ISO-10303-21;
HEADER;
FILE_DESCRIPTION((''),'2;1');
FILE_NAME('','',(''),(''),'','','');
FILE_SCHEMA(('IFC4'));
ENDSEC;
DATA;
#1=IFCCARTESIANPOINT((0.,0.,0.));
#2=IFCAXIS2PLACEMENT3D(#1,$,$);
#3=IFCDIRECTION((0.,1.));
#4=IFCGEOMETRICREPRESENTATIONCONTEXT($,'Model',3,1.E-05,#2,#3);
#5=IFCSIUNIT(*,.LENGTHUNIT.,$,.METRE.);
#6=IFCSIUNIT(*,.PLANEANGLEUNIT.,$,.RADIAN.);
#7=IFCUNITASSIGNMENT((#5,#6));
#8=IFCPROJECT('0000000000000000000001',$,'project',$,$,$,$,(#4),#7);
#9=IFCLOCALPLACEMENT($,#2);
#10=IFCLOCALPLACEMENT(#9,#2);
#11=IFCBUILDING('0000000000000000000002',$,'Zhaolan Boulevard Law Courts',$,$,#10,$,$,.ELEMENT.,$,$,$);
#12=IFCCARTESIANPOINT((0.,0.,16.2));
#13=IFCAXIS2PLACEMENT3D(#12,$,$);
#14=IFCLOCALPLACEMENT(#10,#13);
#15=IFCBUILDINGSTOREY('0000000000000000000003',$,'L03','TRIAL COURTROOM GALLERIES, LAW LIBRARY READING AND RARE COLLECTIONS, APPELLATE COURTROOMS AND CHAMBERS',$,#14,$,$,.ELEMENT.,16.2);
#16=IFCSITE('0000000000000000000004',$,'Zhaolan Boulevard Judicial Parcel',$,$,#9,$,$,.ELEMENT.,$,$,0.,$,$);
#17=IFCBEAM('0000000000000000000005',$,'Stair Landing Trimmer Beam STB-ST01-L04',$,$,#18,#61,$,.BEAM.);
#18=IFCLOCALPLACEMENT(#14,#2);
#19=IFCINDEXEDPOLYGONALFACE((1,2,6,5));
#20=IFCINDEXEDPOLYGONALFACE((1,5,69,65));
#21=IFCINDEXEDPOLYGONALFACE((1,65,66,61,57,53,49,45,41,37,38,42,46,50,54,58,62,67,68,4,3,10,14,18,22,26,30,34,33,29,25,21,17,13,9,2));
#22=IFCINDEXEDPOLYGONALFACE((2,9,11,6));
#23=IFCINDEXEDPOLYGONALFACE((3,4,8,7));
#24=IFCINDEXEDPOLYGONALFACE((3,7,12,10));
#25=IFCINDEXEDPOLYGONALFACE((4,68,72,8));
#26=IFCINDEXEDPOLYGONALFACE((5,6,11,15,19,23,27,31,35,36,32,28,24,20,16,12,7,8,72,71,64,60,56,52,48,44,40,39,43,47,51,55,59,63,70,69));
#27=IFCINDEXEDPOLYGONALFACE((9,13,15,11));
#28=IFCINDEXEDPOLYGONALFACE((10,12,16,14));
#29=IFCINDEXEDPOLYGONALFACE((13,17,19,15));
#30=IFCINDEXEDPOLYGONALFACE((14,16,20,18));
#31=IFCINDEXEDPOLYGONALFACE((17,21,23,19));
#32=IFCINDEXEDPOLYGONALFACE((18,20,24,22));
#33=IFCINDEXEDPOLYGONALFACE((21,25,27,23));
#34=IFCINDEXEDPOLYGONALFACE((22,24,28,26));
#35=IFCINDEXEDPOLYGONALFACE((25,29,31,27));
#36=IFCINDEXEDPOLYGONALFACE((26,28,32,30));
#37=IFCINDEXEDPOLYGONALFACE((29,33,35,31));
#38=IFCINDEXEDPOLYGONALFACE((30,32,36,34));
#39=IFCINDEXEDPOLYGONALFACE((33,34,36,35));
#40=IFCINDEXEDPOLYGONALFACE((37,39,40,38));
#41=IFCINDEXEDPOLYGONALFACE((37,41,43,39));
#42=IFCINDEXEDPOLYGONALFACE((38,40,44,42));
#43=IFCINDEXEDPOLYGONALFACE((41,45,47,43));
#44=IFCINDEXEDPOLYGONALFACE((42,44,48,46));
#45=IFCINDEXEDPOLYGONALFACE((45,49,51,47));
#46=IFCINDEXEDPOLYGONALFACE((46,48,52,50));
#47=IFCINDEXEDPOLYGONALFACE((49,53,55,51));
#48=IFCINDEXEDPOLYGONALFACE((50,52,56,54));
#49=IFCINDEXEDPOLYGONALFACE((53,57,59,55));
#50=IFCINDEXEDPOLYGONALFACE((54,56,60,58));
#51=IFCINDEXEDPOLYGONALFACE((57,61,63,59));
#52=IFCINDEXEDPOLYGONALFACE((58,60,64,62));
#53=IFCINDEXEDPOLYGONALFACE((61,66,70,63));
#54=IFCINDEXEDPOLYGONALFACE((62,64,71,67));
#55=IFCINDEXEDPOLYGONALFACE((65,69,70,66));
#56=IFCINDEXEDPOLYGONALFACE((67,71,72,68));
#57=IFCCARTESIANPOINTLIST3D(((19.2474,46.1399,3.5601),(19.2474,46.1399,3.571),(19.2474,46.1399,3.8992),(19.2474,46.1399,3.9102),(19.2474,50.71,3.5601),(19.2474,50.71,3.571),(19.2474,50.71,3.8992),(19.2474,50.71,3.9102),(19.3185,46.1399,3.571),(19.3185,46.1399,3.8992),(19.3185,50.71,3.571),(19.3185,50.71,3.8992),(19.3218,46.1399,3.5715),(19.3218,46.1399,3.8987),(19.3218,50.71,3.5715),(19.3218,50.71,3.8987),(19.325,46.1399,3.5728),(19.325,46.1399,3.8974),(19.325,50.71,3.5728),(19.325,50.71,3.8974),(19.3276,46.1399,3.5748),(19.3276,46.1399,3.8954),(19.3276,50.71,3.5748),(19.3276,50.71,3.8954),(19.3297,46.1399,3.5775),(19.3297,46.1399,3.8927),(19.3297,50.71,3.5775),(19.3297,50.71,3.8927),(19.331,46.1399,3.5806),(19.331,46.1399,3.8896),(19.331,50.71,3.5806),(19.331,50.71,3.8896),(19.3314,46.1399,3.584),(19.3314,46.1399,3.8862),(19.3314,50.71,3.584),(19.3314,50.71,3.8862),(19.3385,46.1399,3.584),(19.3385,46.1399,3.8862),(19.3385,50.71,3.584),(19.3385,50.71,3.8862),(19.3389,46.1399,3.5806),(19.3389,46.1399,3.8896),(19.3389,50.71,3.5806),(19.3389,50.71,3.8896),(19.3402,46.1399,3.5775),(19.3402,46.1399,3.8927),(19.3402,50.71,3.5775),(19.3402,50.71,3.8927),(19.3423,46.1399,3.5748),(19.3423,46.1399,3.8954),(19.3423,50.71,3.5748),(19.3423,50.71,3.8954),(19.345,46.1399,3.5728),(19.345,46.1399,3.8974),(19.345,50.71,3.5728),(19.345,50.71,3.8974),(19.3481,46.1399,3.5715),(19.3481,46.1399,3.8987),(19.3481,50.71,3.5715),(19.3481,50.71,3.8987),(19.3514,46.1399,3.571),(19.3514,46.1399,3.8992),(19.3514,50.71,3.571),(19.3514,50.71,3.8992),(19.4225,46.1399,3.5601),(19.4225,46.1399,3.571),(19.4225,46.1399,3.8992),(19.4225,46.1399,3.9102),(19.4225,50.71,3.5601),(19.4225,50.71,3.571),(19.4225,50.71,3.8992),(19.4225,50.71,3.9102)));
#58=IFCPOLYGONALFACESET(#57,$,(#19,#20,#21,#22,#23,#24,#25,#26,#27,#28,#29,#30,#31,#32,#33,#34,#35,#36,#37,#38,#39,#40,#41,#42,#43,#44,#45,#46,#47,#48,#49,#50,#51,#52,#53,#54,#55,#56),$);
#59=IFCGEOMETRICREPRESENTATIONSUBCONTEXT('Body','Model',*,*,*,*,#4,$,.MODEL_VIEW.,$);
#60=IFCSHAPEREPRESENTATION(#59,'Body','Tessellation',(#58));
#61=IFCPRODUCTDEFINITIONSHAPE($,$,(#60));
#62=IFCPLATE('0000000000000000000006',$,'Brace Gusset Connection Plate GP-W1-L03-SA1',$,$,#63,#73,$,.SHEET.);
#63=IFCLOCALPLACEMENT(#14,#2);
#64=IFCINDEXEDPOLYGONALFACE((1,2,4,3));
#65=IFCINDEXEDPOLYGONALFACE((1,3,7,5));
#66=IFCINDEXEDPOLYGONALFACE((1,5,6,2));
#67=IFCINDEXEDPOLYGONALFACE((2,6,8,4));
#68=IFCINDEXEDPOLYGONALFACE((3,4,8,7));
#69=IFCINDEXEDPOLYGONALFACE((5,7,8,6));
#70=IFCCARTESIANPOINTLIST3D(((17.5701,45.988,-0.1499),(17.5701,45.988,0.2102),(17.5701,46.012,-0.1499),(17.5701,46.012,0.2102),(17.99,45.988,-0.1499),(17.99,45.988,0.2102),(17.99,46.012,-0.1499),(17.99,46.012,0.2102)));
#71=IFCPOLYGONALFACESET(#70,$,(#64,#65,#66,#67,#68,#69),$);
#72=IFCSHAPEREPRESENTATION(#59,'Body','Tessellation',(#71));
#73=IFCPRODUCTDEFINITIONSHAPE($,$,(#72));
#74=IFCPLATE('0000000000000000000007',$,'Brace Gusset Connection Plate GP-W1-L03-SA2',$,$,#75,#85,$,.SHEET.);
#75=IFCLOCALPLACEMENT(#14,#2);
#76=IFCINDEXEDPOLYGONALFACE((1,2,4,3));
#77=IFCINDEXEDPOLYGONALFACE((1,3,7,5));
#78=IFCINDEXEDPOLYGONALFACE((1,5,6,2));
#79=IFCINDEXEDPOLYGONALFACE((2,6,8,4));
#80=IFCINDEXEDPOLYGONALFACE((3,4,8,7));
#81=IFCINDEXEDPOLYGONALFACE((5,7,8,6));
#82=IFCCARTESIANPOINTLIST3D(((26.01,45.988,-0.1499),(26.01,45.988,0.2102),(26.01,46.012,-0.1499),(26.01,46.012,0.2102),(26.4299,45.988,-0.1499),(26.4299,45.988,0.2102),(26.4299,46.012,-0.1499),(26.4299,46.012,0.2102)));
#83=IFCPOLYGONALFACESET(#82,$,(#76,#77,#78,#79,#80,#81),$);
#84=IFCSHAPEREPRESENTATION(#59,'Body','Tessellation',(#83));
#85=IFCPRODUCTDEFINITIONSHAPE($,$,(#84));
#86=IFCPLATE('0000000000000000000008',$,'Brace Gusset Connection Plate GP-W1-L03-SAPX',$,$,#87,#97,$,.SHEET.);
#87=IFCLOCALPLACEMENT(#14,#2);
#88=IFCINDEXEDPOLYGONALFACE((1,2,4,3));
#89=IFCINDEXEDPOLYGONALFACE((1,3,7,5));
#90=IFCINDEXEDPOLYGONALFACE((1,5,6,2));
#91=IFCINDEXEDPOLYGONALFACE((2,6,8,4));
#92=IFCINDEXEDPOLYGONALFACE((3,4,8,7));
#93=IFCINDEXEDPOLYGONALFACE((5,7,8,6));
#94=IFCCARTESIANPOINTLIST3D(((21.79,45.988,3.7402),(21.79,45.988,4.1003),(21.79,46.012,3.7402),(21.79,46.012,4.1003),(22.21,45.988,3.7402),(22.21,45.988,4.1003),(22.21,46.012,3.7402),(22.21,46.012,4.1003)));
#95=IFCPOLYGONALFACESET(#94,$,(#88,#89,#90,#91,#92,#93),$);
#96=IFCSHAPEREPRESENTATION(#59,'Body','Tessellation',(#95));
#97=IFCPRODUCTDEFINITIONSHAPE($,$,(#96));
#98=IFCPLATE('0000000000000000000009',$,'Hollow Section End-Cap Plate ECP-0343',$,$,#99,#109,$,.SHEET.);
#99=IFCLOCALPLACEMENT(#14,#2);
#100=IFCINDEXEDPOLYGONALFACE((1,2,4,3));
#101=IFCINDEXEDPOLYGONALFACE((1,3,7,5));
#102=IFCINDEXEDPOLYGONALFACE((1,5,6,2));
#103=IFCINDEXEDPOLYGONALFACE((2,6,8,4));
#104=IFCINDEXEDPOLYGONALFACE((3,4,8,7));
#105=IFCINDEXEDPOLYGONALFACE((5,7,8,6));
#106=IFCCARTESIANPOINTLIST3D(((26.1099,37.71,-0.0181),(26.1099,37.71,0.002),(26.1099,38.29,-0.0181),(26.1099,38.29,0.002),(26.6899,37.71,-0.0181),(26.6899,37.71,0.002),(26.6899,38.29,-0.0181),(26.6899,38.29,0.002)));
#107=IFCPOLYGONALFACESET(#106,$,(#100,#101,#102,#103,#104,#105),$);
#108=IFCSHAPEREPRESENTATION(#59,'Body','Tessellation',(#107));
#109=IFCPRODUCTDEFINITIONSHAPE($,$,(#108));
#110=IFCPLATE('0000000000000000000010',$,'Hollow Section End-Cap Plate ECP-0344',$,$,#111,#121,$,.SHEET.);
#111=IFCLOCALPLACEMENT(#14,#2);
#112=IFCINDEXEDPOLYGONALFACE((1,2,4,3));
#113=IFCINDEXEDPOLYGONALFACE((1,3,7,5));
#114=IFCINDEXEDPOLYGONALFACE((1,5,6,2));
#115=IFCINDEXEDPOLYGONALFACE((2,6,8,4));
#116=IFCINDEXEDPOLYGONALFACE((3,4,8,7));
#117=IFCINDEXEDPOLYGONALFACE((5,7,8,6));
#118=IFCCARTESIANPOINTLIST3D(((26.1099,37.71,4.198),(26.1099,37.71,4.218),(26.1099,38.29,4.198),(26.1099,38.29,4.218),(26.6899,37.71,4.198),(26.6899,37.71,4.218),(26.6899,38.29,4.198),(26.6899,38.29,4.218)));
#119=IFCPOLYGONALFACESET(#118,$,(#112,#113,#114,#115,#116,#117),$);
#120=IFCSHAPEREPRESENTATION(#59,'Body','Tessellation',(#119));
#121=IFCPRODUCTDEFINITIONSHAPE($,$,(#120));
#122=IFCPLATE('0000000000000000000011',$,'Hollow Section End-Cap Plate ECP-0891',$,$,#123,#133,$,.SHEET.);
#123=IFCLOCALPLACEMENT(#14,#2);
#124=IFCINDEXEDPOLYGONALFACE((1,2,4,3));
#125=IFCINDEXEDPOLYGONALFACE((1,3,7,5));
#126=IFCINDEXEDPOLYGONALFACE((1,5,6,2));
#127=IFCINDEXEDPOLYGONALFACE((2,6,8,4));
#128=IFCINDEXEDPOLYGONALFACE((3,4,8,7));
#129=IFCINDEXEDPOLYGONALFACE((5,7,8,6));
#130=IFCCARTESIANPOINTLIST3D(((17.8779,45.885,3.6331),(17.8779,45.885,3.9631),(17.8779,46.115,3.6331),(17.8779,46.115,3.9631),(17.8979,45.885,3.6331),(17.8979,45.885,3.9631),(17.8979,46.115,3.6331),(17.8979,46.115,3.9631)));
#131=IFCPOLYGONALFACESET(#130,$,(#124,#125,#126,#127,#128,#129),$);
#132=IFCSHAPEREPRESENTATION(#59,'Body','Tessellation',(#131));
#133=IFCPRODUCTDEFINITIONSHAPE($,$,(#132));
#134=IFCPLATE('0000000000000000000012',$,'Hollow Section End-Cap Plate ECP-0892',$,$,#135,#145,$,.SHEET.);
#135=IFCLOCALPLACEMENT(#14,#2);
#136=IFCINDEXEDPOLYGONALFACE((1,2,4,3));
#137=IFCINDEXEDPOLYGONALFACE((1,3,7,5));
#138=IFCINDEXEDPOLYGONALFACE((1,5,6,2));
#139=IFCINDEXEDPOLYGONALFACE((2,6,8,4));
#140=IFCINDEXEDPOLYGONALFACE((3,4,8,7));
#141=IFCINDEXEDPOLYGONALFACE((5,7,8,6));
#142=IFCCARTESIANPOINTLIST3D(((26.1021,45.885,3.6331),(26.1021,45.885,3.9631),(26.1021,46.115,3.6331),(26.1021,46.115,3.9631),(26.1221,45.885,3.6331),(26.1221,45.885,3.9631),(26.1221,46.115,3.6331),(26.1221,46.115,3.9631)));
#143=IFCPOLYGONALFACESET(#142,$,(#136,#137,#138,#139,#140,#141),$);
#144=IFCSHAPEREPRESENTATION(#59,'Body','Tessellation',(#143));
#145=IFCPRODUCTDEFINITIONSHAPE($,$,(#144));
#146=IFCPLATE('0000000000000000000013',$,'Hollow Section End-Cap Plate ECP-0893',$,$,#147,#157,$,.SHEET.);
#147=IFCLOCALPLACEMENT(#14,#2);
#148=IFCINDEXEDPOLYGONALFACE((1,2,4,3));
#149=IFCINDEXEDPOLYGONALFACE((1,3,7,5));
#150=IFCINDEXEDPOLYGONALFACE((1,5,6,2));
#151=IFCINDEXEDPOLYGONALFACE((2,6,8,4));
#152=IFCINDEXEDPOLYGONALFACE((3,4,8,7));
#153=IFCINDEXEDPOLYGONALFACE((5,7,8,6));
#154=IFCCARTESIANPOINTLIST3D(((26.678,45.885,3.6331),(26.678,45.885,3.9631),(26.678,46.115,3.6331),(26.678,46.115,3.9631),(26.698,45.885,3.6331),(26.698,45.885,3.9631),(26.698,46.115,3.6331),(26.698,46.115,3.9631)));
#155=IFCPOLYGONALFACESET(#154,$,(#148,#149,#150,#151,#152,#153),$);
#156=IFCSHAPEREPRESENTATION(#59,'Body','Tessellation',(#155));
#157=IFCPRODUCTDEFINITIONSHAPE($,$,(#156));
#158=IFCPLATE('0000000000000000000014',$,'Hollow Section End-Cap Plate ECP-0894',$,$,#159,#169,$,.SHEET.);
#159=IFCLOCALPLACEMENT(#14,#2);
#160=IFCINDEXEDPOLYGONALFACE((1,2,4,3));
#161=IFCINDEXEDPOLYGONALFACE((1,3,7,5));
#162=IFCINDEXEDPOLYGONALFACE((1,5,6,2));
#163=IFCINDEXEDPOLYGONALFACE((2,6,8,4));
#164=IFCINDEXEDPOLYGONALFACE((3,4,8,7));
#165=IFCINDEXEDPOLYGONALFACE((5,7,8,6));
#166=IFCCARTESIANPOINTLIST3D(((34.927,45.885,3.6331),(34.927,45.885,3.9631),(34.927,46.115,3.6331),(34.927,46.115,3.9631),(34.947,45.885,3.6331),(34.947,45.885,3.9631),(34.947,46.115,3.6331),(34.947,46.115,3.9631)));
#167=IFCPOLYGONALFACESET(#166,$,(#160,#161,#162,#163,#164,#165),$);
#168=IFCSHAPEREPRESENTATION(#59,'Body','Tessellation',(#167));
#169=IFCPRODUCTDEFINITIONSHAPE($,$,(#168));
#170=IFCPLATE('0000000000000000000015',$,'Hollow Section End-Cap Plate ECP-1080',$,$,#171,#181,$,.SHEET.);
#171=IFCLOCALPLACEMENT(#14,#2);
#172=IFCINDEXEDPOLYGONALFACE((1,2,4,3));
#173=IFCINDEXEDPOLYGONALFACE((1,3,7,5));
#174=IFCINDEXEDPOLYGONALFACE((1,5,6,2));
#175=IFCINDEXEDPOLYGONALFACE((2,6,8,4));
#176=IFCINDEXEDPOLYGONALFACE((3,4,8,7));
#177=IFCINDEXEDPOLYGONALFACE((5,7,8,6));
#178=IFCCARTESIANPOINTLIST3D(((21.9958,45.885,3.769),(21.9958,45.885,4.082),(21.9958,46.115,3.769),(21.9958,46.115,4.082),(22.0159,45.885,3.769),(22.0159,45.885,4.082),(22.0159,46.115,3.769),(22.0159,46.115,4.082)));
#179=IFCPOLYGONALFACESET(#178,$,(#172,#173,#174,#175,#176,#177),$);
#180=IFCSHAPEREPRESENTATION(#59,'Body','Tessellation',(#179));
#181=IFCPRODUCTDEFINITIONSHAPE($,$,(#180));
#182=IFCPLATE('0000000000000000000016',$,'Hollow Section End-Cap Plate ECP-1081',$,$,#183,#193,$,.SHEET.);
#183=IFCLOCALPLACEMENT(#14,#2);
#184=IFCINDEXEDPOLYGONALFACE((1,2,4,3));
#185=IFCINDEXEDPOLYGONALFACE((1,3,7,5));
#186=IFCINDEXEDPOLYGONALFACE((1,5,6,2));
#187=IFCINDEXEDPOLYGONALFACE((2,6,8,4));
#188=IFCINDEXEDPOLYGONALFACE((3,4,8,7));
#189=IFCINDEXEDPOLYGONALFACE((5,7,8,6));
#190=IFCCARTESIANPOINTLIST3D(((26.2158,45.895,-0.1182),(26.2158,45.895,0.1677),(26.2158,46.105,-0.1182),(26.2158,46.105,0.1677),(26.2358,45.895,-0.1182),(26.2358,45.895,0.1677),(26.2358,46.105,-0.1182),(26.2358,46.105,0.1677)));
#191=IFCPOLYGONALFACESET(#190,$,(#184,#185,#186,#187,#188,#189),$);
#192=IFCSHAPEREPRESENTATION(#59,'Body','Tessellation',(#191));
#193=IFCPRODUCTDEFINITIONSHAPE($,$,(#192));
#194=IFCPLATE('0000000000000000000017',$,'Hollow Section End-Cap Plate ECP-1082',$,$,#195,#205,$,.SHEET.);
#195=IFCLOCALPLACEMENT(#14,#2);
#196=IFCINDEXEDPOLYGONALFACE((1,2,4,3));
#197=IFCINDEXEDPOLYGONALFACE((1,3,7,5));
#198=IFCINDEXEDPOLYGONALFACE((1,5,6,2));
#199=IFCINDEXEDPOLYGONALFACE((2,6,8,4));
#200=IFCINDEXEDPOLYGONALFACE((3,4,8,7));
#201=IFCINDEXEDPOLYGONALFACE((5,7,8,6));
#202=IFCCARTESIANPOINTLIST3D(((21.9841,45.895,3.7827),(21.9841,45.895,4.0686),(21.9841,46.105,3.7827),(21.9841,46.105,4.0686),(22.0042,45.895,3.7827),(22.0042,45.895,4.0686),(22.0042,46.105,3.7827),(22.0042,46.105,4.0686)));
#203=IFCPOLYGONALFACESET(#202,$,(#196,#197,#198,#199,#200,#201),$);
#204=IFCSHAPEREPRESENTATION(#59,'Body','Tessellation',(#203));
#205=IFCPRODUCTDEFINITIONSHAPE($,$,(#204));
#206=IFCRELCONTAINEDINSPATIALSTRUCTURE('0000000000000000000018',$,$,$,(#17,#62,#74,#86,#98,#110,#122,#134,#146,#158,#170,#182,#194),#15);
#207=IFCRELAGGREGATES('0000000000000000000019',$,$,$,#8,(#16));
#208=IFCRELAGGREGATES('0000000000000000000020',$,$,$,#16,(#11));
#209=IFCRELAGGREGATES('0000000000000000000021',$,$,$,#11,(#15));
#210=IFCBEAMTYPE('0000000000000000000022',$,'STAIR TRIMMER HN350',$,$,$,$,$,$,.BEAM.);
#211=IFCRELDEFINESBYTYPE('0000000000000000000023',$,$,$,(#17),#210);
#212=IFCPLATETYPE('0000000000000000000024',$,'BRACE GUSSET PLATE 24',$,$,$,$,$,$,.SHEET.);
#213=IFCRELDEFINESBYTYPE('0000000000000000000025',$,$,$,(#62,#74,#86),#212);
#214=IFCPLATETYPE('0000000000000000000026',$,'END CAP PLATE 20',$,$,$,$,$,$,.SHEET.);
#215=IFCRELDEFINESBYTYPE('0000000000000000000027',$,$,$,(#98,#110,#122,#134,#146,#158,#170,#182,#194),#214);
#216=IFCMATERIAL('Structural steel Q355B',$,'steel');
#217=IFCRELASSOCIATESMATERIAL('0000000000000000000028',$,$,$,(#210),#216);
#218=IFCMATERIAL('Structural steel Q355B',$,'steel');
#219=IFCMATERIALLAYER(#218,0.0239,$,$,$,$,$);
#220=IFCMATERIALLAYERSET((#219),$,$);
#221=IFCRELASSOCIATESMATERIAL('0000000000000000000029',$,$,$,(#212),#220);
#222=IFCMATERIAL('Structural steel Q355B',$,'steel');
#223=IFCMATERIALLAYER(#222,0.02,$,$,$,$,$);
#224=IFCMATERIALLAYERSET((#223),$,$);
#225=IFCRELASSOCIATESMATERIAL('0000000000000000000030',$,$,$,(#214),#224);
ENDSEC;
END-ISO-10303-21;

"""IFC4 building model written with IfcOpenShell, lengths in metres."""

from ifc_helpers import new_model, si_unit, direction, frame, origin, origin_2d, place, context, subcontext, project, spatial, rectangle, i_section, extrude, material, layer, layer_set, material_profile, profile_set, type_object, element, save


model = new_model("IFC4")

# Units and contexts
model_context = context("Model", 3, precision=1e-05, world=origin(), true_north=direction((0.0, 1.0)))
body_context = subcontext(model_context, "Body", "Model", "MODEL_VIEW")
ifc_project = project(units=[si_unit("LENGTHUNIT", "METRE"), si_unit("PLANEANGLEUNIT", "RADIAN")], contexts=[model_context])

# Site, building, storey
site_placement = place(None, origin())
site = spatial("IfcSite", under=ifc_project, at=site_placement, Name="Zhaolan Boulevard Judicial Parcel", CompositionType="ELEMENT", RefElevation=0.0)
building_placement = place(site_placement, origin())
building = spatial("IfcBuilding", under=site, at=building_placement, Name="Zhaolan Boulevard Law Courts", CompositionType="ELEMENT")
storey_placement = place(building_placement, frame((0.0, 0.0, 16.2)))
storey = spatial("IfcBuildingStorey", under=building, at=storey_placement, Name="L03", Description="TRIAL COURTROOM GALLERIES, LAW LIBRARY READING AND RARE COLLECTIONS, APPELLATE COURTROOMS AND CHAMBERS", CompositionType="ELEMENT", Elevation=16.2)

# Beam
ifc_material_1 = material(Name="Structural steel Q355B", Category="steel")
ifc_material_profile_1 = material_profile(ifc_material_1, i_section(OverallWidth=0.175, OverallDepth=0.3501, WebThickness=0.0071, FlangeThickness=0.011, FilletRadius=0.0129, at=origin_2d()), Name="HN350x175")
ifc_profile_set_1 = profile_set([ifc_material_profile_1], Name="Structural steel Q355B")
beam_type_1 = type_object("IfcBeamType", Name="STAIR TRIMMER HN350", PredefinedType="BEAM", material=ifc_profile_set_1)
beam_1_placement = place(storey_placement, frame((19.335, 46.1399, 3.7351), z_axis=(0.0, 1.0, 0.0), x_axis=(-1.0, 0.0, 0.0)))
element("IfcBeam", 1, at=beam_1_placement, inside=storey, type_object=beam_type_1, Name="Stair Landing Trimmer Beam STB-ST01-L04", PredefinedType="BEAM", context=body_context, shape_type="SweptSolid", body=[
    extrude(i_section(OverallWidth=0.175, OverallDepth=0.3501, WebThickness=0.0071, FlangeThickness=0.011, FilletRadius=0.0129, at=origin_2d()), origin(), (0.0, 0.0, 1.0), 4.5701),
])

# Plates
ifc_material_2 = material(Name="Structural steel Q355B", Category="steel")
ifc_layer_1 = layer(ifc_material_2, 0.0239)
ifc_layer_set_1 = layer_set([ifc_layer_1])
plate_type_1 = type_object("IfcPlateType", Name="BRACE GUSSET PLATE 24", PredefinedType="SHEET", material=ifc_layer_set_1)
for number, where, z_axis, x_axis, name in (
    (2, (17.78, 46.0, -0.1499), (0.0, 0.0, 1.0), (1.0, 0.0, 0.0), "Brace Gusset Connection Plate GP-W1-L03-SA1"),
    (3, (26.22, 46.0, -0.1499), (0.0, 0.0, 1.0), (1.0, 0.0, 0.0), "Brace Gusset Connection Plate GP-W1-L03-SA2"),
    (4, (22.0, 46.0, 3.7402), (0.0, 0.0, 1.0), (1.0, 0.0, 0.0), "Brace Gusset Connection Plate GP-W1-L03-SAPX"),
):
    element("IfcPlate", number, at=place(storey_placement, frame(where, z_axis=z_axis, x_axis=x_axis)), inside=storey, type_object=plate_type_1, Name=name, PredefinedType="SHEET", context=body_context, shape_type="SweptSolid", body=[
        extrude(rectangle(XDim=0.4199, YDim=0.0239, at=origin_2d()), origin(), (0.0, 0.0, 1.0), 0.3601),
    ])
ifc_material_3 = material(Name="Structural steel Q355B", Category="steel")
ifc_layer_2 = layer(ifc_material_3, 0.02)
ifc_layer_set_2 = layer_set([ifc_layer_2])
plate_type_2 = type_object("IfcPlateType", Name="END CAP PLATE 20", PredefinedType="SHEET", material=ifc_layer_set_2)
for number, where, z_axis, x_axis, name in (
    (5, (26.3999, 38.0, -0.0181), (0.0, 0.0, 1.0), (1.0, 0.0, 0.0), "Hollow Section End-Cap Plate ECP-0343"),
    (6, (26.3999, 38.0, 4.198), (0.0, 0.0, 1.0), (1.0, 0.0, 0.0), "Hollow Section End-Cap Plate ECP-0344"),
):
    element("IfcPlate", number, at=place(storey_placement, frame(where, z_axis=z_axis, x_axis=x_axis)), inside=storey, type_object=plate_type_2, Name=name, PredefinedType="SHEET", context=body_context, shape_type="SweptSolid", body=[
        extrude(rectangle(XDim=0.5801, YDim=0.5801, at=origin_2d()), origin(), (0.0, 0.0, 1.0), 0.02),
    ])
for number, where, z_axis, x_axis, name in (
    (7, (17.8879, 46.0, 3.6331), (0.0, 0.0, 1.0), (1.0, 0.0, 0.0), "Hollow Section End-Cap Plate ECP-0891"),
    (8, (26.1121, 46.0, 3.6331), (0.0, 0.0, 1.0), (1.0, 0.0, 0.0), "Hollow Section End-Cap Plate ECP-0892"),
    (9, (26.688, 46.0, 3.6331), (0.0, 0.0, 1.0), (1.0, 0.0, 0.0), "Hollow Section End-Cap Plate ECP-0893"),
    (10, (34.937, 46.0, 3.6331), (0.0, 0.0, 1.0), (1.0, 0.0, 0.0), "Hollow Section End-Cap Plate ECP-0894"),
):
    element("IfcPlate", number, at=place(storey_placement, frame(where, z_axis=z_axis, x_axis=x_axis)), inside=storey, type_object=plate_type_2, Name=name, PredefinedType="SHEET", context=body_context, shape_type="SweptSolid", body=[
        extrude(rectangle(XDim=0.02, YDim=0.23, at=origin_2d()), origin(), (0.0, 0.0, 1.0), 0.3301),
    ])
plate_placement = place(storey_placement, frame((22.0059, 46.0, 3.769), z_axis=(0.0, 0.0, 1.0), x_axis=(1.0, 0.0, 0.0)))
element("IfcPlate", 11, at=plate_placement, inside=storey, type_object=plate_type_2, Name="Hollow Section End-Cap Plate ECP-1080", PredefinedType="SHEET", context=body_context, shape_type="SweptSolid", body=[
    extrude(rectangle(XDim=0.02, YDim=0.23, at=origin_2d()), origin(), (0.0, 0.0, 1.0), 0.313),
])
for number, where, z_axis, x_axis, name in (
    (12, (26.2258, 46.0, -0.1182), (0.0, 0.0, 1.0), (-1.0, 0.0, 0.0), "Hollow Section End-Cap Plate ECP-1081"),
    (13, (21.9941, 46.0, 3.7827), (0.0, 0.0, 1.0), (-1.0, 0.0, 0.0), "Hollow Section End-Cap Plate ECP-1082"),
):
    element("IfcPlate", number, at=place(storey_placement, frame(where, z_axis=z_axis, x_axis=x_axis)), inside=storey, type_object=plate_type_2, Name=name, PredefinedType="SHEET", context=body_context, shape_type="SweptSolid", body=[
        extrude(rectangle(XDim=0.02, YDim=0.21, at=origin_2d()), origin(), (0.0, 0.0, 1.0), 0.2859),
    ])

save(model, "model.ifc")
